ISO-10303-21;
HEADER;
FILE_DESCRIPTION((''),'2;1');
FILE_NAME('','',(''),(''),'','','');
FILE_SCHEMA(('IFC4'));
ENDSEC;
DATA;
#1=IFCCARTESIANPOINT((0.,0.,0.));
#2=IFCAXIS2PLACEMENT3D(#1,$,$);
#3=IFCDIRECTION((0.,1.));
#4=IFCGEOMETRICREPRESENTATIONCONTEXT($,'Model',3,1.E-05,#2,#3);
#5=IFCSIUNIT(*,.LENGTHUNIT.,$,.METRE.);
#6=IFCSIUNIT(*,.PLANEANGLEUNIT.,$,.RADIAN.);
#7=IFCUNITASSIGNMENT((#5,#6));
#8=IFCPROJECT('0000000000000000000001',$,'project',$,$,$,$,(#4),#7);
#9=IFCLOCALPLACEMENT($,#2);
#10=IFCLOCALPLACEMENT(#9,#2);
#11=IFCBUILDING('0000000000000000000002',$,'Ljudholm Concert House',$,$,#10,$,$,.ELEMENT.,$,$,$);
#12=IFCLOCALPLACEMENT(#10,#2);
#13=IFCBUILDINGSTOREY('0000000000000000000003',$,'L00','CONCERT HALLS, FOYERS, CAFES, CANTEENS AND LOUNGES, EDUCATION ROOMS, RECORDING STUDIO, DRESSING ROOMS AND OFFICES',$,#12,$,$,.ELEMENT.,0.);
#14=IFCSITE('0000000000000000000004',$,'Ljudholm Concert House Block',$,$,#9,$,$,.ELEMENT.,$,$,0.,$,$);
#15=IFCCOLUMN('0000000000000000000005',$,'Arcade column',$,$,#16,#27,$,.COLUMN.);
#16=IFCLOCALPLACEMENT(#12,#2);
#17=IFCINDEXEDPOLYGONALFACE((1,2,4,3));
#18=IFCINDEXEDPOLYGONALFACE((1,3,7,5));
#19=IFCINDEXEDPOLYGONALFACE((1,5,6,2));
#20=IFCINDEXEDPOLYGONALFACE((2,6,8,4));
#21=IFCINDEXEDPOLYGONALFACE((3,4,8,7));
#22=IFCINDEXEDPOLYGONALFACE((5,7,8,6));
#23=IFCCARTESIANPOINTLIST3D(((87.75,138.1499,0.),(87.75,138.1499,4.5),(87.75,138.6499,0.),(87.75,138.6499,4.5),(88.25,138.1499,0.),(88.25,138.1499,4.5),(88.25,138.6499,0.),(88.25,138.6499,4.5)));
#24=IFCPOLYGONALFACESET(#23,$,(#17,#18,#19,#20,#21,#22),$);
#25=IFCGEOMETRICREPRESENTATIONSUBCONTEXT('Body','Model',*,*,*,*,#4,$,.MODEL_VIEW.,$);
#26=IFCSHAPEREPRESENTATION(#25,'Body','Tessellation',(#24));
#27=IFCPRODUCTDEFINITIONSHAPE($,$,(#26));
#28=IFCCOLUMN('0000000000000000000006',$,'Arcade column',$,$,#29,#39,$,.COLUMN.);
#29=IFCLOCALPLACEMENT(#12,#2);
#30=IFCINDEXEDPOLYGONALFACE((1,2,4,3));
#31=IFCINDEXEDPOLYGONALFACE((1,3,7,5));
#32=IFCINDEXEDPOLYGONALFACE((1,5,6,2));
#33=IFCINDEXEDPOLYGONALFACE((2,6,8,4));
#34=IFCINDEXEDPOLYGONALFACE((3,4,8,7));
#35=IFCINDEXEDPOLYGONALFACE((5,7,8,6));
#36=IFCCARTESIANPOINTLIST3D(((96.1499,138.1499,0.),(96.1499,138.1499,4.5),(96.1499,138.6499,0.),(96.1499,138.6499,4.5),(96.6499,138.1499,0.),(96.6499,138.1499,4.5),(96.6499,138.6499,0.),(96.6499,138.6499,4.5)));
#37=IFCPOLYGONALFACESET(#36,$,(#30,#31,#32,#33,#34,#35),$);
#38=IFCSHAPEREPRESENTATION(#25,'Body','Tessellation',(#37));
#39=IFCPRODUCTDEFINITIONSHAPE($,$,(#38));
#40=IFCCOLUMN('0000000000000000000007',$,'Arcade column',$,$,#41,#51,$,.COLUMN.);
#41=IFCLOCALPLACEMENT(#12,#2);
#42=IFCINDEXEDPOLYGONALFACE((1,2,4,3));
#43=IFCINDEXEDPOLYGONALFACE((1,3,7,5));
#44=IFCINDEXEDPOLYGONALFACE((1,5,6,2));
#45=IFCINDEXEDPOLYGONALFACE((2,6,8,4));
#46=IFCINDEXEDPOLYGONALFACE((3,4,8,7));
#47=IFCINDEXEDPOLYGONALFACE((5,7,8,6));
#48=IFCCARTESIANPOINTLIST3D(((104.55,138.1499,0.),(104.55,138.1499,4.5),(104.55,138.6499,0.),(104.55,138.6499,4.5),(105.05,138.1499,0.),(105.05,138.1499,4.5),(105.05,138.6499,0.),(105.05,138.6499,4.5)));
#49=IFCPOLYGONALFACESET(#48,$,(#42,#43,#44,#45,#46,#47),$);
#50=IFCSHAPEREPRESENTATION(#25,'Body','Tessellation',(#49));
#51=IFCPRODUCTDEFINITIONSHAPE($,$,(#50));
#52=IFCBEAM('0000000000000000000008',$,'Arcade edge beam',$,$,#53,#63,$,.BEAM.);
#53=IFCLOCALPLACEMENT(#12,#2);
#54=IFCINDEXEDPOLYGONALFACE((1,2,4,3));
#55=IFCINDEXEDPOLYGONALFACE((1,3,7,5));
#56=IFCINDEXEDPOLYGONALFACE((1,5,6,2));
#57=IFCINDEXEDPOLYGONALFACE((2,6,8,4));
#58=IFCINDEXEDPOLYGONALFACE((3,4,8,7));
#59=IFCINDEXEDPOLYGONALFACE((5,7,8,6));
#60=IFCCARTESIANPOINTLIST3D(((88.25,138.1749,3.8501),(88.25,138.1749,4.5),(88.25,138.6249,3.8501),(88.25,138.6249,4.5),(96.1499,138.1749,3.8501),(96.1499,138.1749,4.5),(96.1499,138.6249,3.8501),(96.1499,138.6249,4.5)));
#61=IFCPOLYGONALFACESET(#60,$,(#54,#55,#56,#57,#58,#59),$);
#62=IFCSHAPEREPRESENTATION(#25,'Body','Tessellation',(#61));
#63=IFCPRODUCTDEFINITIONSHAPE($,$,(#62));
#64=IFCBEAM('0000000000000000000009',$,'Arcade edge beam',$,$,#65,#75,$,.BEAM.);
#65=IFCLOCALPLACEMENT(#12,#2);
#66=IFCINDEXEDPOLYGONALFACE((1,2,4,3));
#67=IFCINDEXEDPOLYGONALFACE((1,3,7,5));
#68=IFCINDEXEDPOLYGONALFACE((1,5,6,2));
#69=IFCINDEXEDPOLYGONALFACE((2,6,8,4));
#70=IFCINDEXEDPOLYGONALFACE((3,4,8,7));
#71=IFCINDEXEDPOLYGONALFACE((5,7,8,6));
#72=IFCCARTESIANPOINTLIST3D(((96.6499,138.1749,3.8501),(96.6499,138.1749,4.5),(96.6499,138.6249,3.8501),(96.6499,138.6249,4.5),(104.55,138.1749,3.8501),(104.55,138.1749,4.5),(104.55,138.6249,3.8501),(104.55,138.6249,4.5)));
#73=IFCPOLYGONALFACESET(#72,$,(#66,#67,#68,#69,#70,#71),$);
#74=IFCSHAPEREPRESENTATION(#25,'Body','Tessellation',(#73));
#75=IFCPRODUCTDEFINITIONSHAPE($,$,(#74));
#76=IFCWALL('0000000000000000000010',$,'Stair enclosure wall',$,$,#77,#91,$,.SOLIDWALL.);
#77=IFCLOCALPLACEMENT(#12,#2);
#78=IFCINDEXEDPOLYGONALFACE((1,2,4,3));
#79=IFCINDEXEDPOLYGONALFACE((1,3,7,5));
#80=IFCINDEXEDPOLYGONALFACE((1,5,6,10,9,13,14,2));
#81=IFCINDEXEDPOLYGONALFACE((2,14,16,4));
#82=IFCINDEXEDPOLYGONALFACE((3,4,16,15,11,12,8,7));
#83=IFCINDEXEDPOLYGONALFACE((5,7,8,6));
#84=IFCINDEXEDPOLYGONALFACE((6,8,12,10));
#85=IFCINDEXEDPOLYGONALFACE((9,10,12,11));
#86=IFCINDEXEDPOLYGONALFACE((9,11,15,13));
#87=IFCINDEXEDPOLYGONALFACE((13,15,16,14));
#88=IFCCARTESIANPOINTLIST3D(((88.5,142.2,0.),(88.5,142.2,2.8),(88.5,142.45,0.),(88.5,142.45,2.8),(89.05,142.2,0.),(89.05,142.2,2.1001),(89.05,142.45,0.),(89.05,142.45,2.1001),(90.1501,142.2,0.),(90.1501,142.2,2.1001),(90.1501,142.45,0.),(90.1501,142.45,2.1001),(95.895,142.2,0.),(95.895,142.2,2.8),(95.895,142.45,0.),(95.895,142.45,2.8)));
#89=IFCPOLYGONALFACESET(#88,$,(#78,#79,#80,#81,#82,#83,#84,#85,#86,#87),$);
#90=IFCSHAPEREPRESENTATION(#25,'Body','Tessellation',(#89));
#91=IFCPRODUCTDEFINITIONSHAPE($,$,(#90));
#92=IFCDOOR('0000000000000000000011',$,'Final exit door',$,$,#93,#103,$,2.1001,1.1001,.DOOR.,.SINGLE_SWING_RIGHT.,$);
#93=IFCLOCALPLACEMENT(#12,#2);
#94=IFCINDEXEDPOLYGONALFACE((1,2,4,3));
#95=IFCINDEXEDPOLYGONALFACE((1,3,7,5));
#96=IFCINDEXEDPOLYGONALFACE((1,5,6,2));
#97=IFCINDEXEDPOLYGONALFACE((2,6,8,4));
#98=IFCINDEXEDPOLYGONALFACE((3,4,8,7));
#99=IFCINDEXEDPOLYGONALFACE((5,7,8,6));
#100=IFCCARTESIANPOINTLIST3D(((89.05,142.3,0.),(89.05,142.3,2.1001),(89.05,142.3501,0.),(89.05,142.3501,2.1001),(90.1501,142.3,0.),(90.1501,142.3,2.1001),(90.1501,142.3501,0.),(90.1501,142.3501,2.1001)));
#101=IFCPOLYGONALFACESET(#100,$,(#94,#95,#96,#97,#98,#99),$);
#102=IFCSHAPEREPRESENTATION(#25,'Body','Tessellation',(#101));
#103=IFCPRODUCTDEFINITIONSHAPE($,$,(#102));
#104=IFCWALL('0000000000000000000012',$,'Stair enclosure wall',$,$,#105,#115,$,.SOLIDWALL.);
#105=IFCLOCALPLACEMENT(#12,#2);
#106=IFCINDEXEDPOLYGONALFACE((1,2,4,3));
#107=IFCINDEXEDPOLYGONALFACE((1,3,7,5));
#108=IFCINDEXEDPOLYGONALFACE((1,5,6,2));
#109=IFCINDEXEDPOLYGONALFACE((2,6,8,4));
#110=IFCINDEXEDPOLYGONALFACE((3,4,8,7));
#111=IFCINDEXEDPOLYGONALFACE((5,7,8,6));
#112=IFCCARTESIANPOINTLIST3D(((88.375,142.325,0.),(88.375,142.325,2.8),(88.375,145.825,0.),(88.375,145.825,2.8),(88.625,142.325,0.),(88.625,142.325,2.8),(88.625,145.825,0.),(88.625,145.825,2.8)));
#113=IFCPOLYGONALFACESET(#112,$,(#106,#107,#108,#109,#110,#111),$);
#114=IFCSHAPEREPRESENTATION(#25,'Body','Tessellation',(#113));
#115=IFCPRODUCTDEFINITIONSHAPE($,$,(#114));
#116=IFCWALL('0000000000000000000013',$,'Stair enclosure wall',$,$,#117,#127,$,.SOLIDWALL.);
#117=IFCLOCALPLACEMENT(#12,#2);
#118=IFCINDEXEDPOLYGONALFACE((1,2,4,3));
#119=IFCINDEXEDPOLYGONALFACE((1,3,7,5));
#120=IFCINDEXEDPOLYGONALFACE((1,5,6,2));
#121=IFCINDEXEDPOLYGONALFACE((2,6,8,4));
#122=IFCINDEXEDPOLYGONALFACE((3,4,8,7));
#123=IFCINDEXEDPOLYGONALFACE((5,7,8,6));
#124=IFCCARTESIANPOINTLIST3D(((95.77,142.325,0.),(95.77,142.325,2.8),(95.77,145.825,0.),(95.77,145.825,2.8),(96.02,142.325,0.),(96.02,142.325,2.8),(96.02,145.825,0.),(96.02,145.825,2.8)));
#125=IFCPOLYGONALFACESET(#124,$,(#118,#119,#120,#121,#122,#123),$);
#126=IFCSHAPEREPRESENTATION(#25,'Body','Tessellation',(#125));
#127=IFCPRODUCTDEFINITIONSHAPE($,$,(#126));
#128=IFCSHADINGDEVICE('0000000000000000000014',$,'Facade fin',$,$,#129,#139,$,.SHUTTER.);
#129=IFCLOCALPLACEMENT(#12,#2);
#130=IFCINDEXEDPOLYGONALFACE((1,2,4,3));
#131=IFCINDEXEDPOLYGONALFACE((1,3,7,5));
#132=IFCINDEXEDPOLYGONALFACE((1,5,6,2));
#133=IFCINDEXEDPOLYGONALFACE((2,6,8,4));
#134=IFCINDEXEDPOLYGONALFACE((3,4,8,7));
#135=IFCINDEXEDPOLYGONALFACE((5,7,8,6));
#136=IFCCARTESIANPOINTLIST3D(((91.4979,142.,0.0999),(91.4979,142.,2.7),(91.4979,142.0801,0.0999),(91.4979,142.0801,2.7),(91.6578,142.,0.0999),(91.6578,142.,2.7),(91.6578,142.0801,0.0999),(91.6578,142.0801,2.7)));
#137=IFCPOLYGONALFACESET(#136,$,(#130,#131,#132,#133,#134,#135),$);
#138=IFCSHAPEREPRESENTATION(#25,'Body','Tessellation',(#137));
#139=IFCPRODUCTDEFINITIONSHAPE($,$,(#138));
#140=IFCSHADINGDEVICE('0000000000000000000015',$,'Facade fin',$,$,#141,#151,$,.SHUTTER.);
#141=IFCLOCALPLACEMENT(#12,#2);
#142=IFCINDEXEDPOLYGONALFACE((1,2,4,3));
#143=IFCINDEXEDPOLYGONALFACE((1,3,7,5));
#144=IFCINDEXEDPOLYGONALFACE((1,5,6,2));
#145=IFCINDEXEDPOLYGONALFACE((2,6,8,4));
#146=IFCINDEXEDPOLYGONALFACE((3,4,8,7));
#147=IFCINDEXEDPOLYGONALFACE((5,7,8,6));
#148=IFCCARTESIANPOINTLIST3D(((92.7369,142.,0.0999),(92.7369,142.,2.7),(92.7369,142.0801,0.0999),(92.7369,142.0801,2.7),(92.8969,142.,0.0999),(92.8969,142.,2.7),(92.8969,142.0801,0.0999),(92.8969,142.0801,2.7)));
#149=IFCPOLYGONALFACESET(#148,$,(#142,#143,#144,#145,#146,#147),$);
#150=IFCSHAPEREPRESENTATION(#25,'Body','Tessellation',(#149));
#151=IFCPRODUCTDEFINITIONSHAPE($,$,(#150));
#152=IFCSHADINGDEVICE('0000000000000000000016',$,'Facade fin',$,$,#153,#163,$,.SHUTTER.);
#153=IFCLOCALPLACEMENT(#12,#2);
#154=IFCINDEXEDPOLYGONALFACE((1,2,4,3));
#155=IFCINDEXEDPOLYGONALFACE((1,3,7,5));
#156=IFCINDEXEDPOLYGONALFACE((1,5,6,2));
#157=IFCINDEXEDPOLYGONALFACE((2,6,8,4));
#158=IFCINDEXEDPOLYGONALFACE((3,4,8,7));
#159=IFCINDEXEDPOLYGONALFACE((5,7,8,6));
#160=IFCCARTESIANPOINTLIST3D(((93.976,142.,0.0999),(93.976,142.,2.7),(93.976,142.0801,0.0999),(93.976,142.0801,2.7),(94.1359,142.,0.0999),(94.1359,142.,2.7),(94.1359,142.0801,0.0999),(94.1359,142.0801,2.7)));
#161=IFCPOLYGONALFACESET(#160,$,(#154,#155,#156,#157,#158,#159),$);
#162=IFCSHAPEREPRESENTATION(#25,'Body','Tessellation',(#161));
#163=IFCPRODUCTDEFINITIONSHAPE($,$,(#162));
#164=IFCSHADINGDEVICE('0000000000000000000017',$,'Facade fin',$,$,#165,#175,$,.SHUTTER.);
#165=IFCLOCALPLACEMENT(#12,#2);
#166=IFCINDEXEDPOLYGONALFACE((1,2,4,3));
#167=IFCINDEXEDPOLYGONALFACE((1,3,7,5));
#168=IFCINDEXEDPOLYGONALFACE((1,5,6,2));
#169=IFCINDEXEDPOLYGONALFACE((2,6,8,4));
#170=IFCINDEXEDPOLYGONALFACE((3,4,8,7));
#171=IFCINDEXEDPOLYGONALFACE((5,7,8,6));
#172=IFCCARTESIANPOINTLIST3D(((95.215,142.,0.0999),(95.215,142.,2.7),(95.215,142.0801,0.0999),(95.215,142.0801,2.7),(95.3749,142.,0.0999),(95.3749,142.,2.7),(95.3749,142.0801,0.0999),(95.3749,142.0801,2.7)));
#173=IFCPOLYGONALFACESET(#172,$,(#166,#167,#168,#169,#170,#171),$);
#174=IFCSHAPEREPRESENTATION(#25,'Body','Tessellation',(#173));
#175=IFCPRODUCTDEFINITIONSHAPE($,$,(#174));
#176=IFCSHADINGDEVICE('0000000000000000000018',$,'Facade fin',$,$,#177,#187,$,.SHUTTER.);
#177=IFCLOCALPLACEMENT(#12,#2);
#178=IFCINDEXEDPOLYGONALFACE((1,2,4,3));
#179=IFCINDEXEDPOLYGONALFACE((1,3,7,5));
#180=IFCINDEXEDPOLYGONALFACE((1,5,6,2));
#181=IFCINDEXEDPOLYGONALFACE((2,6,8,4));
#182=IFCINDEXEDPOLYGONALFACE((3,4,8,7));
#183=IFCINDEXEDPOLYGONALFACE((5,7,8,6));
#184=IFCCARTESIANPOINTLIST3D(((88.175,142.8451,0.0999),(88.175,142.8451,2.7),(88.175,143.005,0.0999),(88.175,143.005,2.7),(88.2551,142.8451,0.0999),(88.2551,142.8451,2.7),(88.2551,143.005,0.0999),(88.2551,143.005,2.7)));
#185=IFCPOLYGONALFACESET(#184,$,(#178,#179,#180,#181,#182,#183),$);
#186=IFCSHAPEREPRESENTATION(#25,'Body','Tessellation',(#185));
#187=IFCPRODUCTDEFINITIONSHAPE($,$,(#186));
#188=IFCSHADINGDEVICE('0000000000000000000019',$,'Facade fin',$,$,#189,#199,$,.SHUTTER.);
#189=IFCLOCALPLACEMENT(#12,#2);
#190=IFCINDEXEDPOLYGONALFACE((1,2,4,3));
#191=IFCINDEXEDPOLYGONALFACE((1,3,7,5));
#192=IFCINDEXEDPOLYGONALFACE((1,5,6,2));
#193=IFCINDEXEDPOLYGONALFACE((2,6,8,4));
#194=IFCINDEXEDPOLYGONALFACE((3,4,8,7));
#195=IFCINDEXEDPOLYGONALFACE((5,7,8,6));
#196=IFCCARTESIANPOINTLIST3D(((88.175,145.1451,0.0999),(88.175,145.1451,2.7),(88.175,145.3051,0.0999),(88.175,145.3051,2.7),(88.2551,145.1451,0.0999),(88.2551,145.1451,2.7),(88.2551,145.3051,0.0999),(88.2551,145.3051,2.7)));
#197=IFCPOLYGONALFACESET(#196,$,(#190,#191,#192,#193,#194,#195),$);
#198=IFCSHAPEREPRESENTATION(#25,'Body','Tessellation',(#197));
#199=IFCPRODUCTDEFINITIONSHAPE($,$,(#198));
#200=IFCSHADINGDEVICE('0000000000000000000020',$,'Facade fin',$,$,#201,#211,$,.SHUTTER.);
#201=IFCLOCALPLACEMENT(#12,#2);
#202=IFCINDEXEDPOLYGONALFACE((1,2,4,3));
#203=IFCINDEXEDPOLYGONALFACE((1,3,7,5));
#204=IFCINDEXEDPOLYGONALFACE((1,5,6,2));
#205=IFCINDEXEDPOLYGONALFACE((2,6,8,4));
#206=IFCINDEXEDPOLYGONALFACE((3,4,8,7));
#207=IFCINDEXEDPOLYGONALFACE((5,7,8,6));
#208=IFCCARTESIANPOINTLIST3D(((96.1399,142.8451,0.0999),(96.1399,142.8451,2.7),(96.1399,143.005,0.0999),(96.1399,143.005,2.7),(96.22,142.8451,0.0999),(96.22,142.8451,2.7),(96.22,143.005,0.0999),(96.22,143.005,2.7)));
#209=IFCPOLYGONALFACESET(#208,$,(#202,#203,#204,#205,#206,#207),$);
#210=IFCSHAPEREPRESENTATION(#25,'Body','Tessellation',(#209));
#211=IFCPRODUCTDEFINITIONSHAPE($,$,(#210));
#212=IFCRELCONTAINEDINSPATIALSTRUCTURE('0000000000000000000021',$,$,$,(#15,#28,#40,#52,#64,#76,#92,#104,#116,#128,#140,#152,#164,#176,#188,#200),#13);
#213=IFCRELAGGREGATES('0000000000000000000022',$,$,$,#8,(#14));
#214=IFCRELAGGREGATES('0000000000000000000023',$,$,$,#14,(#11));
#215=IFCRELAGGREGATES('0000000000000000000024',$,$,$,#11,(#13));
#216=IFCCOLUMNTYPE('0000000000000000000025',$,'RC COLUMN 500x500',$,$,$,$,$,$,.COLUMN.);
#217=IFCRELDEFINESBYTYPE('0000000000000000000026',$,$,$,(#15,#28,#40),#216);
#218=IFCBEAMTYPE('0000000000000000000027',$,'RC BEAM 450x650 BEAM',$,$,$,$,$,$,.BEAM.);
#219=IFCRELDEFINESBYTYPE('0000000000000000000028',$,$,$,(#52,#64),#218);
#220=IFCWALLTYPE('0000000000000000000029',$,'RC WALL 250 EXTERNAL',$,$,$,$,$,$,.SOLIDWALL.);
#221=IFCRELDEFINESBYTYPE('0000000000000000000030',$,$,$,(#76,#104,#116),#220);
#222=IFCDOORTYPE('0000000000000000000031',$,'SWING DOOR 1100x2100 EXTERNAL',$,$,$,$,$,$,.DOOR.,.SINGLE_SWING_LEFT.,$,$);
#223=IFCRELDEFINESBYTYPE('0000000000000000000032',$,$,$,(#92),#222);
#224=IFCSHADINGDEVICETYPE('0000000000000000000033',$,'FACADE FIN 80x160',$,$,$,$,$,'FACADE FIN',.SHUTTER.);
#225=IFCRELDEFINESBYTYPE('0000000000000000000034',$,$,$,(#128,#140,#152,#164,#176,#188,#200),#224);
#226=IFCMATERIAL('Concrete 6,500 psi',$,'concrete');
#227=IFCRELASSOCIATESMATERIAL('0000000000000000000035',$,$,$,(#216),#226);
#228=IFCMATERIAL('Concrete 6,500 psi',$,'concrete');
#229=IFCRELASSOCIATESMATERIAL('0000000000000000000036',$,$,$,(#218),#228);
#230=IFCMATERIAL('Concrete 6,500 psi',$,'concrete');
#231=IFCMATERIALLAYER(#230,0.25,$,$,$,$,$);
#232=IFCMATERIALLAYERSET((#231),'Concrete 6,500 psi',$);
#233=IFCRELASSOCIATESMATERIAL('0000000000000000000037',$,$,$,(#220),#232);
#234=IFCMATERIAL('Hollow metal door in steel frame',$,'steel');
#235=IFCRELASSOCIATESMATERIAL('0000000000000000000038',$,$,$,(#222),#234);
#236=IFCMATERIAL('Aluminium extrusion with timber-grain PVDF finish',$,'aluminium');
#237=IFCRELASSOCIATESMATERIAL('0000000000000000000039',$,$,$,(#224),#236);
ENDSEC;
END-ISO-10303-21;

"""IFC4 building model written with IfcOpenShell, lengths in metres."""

from ifc_helpers import new_model, si_unit, direction, frame, frame_2d, origin, origin_2d, place, context, subcontext, project, spatial, rectangle, extrude, material, layer, layer_set, material_profile, profile_set, type_object, element, fill, save


model = new_model("IFC4")

# Units and contexts
model_context = context("Model", 3, precision=1e-05, world=origin(), true_north=direction((0.0, 1.0)))
body_context = subcontext(model_context, "Body", "Model", "MODEL_VIEW")
ifc_project = project(units=[si_unit("LENGTHUNIT", "METRE"), si_unit("PLANEANGLEUNIT", "RADIAN")], contexts=[model_context])

# Site, building, storey
site_placement = place(None, origin())
site = spatial("IfcSite", under=ifc_project, at=site_placement, Name="Ljudholm Concert House Block", CompositionType="ELEMENT", RefElevation=0.0)
building_placement = place(site_placement, origin())
building = spatial("IfcBuilding", under=site, at=building_placement, Name="Ljudholm Concert House", CompositionType="ELEMENT")
storey_placement = place(building_placement, origin())
storey = spatial("IfcBuildingStorey", under=building, at=storey_placement, Name="L00", Description="CONCERT HALLS, FOYERS, CAFES, CANTEENS AND LOUNGES, EDUCATION ROOMS, RECORDING STUDIO, DRESSING ROOMS AND OFFICES", CompositionType="ELEMENT", Elevation=0.0)

# Columns
ifc_material_1 = material(Name="Concrete 6,500 psi", Category="concrete")
ifc_material_profile_1 = material_profile(ifc_material_1, rectangle(XDim=0.5, YDim=0.5, at=origin_2d()), Name="RC COLUMN 500x500")
ifc_profile_set_1 = profile_set([ifc_material_profile_1], Name="Concrete 6,500 psi")
column_type = type_object("IfcColumnType", Name="RC COLUMN 500x500", PredefinedType="COLUMN", material=ifc_profile_set_1)
for number, where, z_axis, x_axis, name in (
    (1, (88.0, 138.3999, 0.0), (0.0, 0.0, 1.0), (1.0, 0.0, 0.0), "Arcade column"),
    (2, (96.3999, 138.3999, 0.0), (0.0, 0.0, 1.0), (1.0, 0.0, 0.0), "Arcade column"),
    (3, (104.8, 138.3999, 0.0), (0.0, 0.0, 1.0), (1.0, 0.0, 0.0), "Arcade column"),
):
    element("IfcColumn", number, at=place(storey_placement, frame(where, z_axis=z_axis, x_axis=x_axis)), inside=storey, type_object=column_type, Name=name, PredefinedType="COLUMN", context=body_context, shape_type="SweptSolid", body=[
        extrude(rectangle(XDim=0.5, YDim=0.5, at=origin_2d()), origin(), (0.0, 0.0, 1.0), 4.5),
    ])

# Beams
ifc_material_2 = material(Name="Concrete 6,500 psi", Category="concrete")
ifc_material_profile_2 = material_profile(ifc_material_2, rectangle(XDim=0.45, YDim=0.6499, at=origin_2d()), Name="RC BEAM 450x650 BEAM")
ifc_profile_set_2 = profile_set([ifc_material_profile_2], Name="Concrete 6,500 psi")
beam_type = type_object("IfcBeamType", Name="RC BEAM 450x650 BEAM", PredefinedType="BEAM", material=ifc_profile_set_2)
beam_1_placement = place(storey_placement, frame((88.25, 138.3999, 4.175), z_axis=(1.0, 0.0, 0.0), x_axis=(0.0, 1.0, 0.0)))
element("IfcBeam", 4, at=beam_1_placement, inside=storey, type_object=beam_type, Name="Arcade edge beam", PredefinedType="BEAM", context=body_context, shape_type="SweptSolid", body=[
    extrude(rectangle(XDim=0.45, YDim=0.6499, at=origin_2d()), origin(), (0.0, 0.0, 1.0), 7.8999),
])
beam_2_placement = place(storey_placement, frame((96.6499, 138.3999, 4.175), z_axis=(1.0, 0.0, 0.0), x_axis=(0.0, 1.0, 0.0)))
element("IfcBeam", 5, at=beam_2_placement, inside=storey, type_object=beam_type, Name="Arcade edge beam", PredefinedType="BEAM", context=body_context, shape_type="SweptSolid", body=[
    extrude(rectangle(XDim=0.45, YDim=0.6499, at=origin_2d()), origin(), (0.0, 0.0, 1.0), 7.9001),
])

# Wall, opening, door
ifc_material_3 = material(Name="Concrete 6,500 psi", Category="concrete")
ifc_layer = layer(ifc_material_3, 0.25)
ifc_layer_set = layer_set([ifc_layer], Name="Concrete 6,500 psi")
wall_type = type_object("IfcWallType", Name="RC WALL 250 EXTERNAL", PredefinedType="SOLIDWALL", material=ifc_layer_set)
wall_placement = place(storey_placement, frame((88.5, 142.325, 0.0), z_axis=(0.0, 0.0, 1.0), x_axis=(1.0, 0.0, 0.0)))
wall = element("IfcWall", 6, at=wall_placement, inside=storey, type_object=wall_type, Name="Stair enclosure wall", PredefinedType="SOLIDWALL", context=body_context, shape_type="SweptSolid", body=[
    extrude(rectangle(XDim=7.395, YDim=0.25, at=frame_2d((3.6975, 0.0))), origin(), (0.0, 0.0, 1.0), 2.8),
])
opening_placement = place(wall_placement, frame((0.55, 0.0, 0.0)))
opening = element("IfcOpeningElement", 7, at=opening_placement, cuts=wall, PredefinedType="OPENING", context=body_context, shape_type="SweptSolid", body=[
    extrude(rectangle(XDim=1.1001, YDim=2.1001, at=frame_2d((0.55, 1.05))), frame((0.0, 0.135, 0.0), z_axis=(0.0, -1.0, 0.0), x_axis=(1.0, 0.0, 0.0)), (0.0, 0.0, 1.0), 0.27),
])
ifc_material_4 = material(Name="Hollow metal door in steel frame", Category="steel")
door_type = type_object("IfcDoorType", Name="SWING DOOR 1100x2100 EXTERNAL", OperationType="SINGLE_SWING_LEFT", PredefinedType="DOOR", material=ifc_material_4)
door_placement = place(opening_placement, frame((1.1001, 0.0, 0.0), z_axis=(0.0, 0.0, 1.0), x_axis=(-1.0, 0.0, 0.0)))
door = element("IfcDoor", 8, at=door_placement, inside=storey, type_object=door_type, Name="Final exit door", OperationType="SINGLE_SWING_RIGHT", OverallHeight=2.1001, OverallWidth=1.1001, PredefinedType="DOOR", context=body_context, shape_type="SweptSolid", body=[
    extrude(rectangle(XDim=1.1001, YDim=2.1001, at=frame_2d((0.55, 1.05))), frame((0.0, 0.0249, 0.0), z_axis=(0.0, -1.0, 0.0), x_axis=(1.0, 0.0, 0.0)), (0.0, 0.0, 1.0), 0.05),
])
fill(opening, door)

# Walls
for number, where, z_axis, x_axis, name in (
    (9, (88.5, 142.325, 0.0), (0.0, 0.0, 1.0), (0.0, 1.0, 0.0), "Stair enclosure wall"),
    (10, (95.895, 142.325, 0.0), (0.0, 0.0, 1.0), (0.0, 1.0, 0.0), "Stair enclosure wall"),
):
    element("IfcWall", number, at=place(storey_placement, frame(where, z_axis=z_axis, x_axis=x_axis)), inside=storey, type_object=wall_type, Name=name, PredefinedType="SOLIDWALL", context=body_context, shape_type="SweptSolid", body=[
        extrude(rectangle(XDim=3.5, YDim=0.25, at=frame_2d((1.75, 0.0))), origin(), (0.0, 0.0, 1.0), 2.8),
    ])

# Shading devices
ifc_material_5 = material(Name="Aluminium extrusion with timber-grain PVDF finish", Category="aluminium")
shading_device_type = type_object("IfcShadingDeviceType", Name="FACADE FIN 80x160", ElementType="FACADE FIN", PredefinedType="SHUTTER", material=ifc_material_5)
for number, where, z_axis, x_axis, name in (
    (11, (91.5779, 142.04, 0.0999), (0.0, 0.0, 1.0), (0.0, -1.0, 0.0), "Facade fin"),
    (12, (92.8169, 142.04, 0.0999), (0.0, 0.0, 1.0), (0.0, -1.0, 0.0), "Facade fin"),
    (13, (94.0559, 142.04, 0.0999), (0.0, 0.0, 1.0), (0.0, -1.0, 0.0), "Facade fin"),
    (14, (95.2949, 142.04, 0.0999), (0.0, 0.0, 1.0), (0.0, -1.0, 0.0), "Facade fin"),
    (15, (88.2151, 142.925, 0.0999), (0.0, 0.0, 1.0), (-1.0, 0.0, 0.0), "Facade fin"),
    (16, (88.2151, 145.2251, 0.0999), (0.0, 0.0, 1.0), (-1.0, 0.0, 0.0), "Facade fin"),
    (17, (96.1799, 142.925, 0.0999), (0.0, 0.0, 1.0), (1.0, 0.0, 0.0), "Facade fin"),
):
    element("IfcShadingDevice", number, at=place(storey_placement, frame(where, z_axis=z_axis, x_axis=x_axis)), inside=storey, type_object=shading_device_type, Name=name, PredefinedType="SHUTTER", context=body_context, shape_type="SweptSolid", body=[
        extrude(rectangle(XDim=0.0801, YDim=0.1599, at=origin_2d()), origin(), (0.0, 0.0, 1.0), 2.6001),
    ])

save(model, "model.ifc")
